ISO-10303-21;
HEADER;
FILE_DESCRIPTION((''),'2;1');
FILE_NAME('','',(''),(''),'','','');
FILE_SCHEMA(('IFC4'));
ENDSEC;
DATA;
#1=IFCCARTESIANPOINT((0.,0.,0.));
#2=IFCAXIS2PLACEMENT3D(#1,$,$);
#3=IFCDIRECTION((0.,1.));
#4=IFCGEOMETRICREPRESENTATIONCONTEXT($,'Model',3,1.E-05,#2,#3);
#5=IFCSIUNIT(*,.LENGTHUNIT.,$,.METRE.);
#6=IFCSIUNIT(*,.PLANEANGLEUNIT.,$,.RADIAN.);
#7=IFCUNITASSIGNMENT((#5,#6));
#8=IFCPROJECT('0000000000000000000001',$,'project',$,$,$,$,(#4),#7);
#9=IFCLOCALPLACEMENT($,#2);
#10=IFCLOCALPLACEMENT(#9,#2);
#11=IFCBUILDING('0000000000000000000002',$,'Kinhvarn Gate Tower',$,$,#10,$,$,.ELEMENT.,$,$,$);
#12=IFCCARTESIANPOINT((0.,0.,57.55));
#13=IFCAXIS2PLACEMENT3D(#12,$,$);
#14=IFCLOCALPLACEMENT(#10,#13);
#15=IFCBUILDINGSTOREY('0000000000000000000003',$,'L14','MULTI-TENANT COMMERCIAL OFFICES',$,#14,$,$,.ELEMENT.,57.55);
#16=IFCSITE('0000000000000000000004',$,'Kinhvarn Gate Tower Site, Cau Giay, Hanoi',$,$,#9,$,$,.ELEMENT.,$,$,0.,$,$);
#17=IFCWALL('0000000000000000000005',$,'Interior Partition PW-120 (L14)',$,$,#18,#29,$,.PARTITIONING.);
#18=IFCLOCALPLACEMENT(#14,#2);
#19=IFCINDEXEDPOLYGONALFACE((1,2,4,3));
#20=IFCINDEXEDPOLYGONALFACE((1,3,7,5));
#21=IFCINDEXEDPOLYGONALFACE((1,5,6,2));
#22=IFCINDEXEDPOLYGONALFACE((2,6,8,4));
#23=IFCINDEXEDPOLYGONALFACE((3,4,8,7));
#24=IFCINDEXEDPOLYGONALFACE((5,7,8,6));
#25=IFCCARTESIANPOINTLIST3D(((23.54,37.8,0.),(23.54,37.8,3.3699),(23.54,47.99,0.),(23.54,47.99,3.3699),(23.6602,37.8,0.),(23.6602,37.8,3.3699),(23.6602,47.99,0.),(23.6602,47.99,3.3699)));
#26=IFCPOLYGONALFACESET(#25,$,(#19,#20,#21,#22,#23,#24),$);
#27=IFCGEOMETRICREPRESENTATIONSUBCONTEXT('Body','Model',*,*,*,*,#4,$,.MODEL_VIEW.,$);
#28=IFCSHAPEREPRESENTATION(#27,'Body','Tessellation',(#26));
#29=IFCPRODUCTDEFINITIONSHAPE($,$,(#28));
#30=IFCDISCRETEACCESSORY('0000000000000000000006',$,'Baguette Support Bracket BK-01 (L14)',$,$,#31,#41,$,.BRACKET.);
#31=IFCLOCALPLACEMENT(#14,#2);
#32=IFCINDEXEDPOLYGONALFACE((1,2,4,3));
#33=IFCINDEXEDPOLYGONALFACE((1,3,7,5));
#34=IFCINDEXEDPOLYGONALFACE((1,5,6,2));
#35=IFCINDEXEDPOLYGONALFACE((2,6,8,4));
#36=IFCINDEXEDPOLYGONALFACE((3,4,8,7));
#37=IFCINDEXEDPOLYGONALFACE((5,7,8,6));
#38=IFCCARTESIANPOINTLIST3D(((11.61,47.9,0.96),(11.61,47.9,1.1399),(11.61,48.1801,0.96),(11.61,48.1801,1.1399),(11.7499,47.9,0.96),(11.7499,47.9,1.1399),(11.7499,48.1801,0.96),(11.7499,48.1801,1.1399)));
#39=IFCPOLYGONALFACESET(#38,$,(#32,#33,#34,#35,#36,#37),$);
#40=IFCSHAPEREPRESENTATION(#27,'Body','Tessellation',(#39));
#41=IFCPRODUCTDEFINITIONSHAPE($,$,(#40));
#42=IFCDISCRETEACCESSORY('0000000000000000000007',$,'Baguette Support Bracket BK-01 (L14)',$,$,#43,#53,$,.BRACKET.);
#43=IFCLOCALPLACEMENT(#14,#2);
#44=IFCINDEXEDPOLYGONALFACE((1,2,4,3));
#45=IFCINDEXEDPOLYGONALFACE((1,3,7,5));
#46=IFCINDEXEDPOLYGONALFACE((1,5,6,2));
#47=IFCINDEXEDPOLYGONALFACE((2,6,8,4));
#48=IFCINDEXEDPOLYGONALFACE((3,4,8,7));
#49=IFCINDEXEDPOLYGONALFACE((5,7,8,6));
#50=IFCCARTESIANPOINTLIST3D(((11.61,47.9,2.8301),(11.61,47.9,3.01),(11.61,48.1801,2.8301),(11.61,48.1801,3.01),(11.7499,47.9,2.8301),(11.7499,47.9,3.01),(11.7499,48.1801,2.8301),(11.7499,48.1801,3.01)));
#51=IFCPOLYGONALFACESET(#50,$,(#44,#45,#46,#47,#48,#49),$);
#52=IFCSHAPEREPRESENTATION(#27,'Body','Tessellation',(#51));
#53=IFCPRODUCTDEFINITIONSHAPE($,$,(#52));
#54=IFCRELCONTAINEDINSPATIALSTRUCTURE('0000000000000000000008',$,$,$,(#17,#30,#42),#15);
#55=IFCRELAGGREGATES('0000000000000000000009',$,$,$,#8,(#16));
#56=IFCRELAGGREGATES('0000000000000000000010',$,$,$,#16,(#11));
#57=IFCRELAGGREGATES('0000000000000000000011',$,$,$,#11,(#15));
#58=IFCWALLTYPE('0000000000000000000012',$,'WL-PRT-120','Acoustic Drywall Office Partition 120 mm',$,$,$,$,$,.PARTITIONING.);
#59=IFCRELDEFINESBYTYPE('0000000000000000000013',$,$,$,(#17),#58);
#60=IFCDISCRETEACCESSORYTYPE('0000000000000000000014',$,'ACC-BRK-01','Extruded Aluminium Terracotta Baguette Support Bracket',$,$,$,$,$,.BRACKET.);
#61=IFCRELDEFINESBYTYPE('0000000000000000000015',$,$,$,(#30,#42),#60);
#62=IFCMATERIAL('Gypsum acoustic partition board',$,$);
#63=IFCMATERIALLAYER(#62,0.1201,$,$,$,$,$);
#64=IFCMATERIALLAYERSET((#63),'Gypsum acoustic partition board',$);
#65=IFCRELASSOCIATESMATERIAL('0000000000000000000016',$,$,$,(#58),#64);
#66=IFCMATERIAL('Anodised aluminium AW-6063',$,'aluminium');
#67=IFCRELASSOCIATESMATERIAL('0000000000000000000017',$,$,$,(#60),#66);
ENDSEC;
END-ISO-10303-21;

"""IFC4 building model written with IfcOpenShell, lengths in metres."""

from ifc_helpers import new_model, si_unit, direction, frame, frame_2d, origin, origin_2d, place, context, subcontext, project, spatial, rectangle, extrude, material, layer, layer_set, type_object, element, save


model = new_model("IFC4")

# Units and contexts
model_context = context("Model", 3, precision=1e-05, world=origin(), true_north=direction((0.0, 1.0)))
body_context = subcontext(model_context, "Body", "Model", "MODEL_VIEW")
ifc_project = project(units=[si_unit("LENGTHUNIT", "METRE"), si_unit("PLANEANGLEUNIT", "RADIAN")], contexts=[model_context])

# Site, building, storey
site_placement = place(None, origin())
site = spatial("IfcSite", under=ifc_project, at=site_placement, Name="Kinhvarn Gate Tower Site, Cau Giay, Hanoi", CompositionType="ELEMENT", RefElevation=0.0)
building_placement = place(site_placement, origin())
building = spatial("IfcBuilding", under=site, at=building_placement, Name="Kinhvarn Gate Tower", CompositionType="ELEMENT")
storey_placement = place(building_placement, frame((0.0, 0.0, 57.55)))
storey = spatial("IfcBuildingStorey", under=building, at=storey_placement, Name="L14", Description="MULTI-TENANT COMMERCIAL OFFICES", CompositionType="ELEMENT", Elevation=57.55)

# Shared definitions
ifc_material_1 = material(Name="Anodised aluminium AW-6063", Category="aluminium")

# Wall
ifc_material_2 = material(Name="Gypsum acoustic partition board")
ifc_layer_1 = layer(ifc_material_2, 0.1201)
ifc_layer_set_1 = layer_set([ifc_layer_1], Name="Gypsum acoustic partition board")
wall_type_1 = type_object("IfcWallType", Name="WL-PRT-120", Description="Acoustic Drywall Office Partition 120 mm", PredefinedType="PARTITIONING", material=ifc_layer_set_1)
wall_1_placement = place(storey_placement, frame((23.6001, 37.8, 0.0), z_axis=(0.0, 0.0, 1.0), x_axis=(0.0, 1.0, 0.0)))
element("IfcWall", 1, at=wall_1_placement, inside=storey, type_object=wall_type_1, Name="Interior Partition PW-120 (L14)", PredefinedType="PARTITIONING", context=body_context, shape_type="SweptSolid", body=[
    extrude(rectangle(XDim=10.1899, YDim=0.1201, at=frame_2d((5.095, 0.0))), origin(), (0.0, 0.0, 1.0), 3.3699),
])

# Discrete accessories
discrete_accessory_type = type_object("IfcDiscreteAccessoryType", Name="ACC-BRK-01", Description="Extruded Aluminium Terracotta Baguette Support Bracket", PredefinedType="BRACKET", material=ifc_material_1)
for number, where, z_axis, x_axis, name in (
    (2, (11.6799, 48.04, 0.96), (0.0, 0.0, 1.0), (-1.0, 0.0, 0.0), "Baguette Support Bracket BK-01 (L14)"),
    (3, (11.6799, 48.04, 2.8301), (0.0, 0.0, 1.0), (-1.0, 0.0, 0.0), "Baguette Support Bracket BK-01 (L14)"),
):
    element("IfcDiscreteAccessory", number, at=place(storey_placement, frame(where, z_axis=z_axis, x_axis=x_axis)), inside=storey, type_object=discrete_accessory_type, Name=name, PredefinedType="BRACKET", context=body_context, shape_type="SweptSolid", body=[
        extrude(rectangle(XDim=0.1399, YDim=0.28, at=origin_2d()), origin(), (0.0, 0.0, 1.0), 0.1799),
    ])

save(model, "model.ifc")
